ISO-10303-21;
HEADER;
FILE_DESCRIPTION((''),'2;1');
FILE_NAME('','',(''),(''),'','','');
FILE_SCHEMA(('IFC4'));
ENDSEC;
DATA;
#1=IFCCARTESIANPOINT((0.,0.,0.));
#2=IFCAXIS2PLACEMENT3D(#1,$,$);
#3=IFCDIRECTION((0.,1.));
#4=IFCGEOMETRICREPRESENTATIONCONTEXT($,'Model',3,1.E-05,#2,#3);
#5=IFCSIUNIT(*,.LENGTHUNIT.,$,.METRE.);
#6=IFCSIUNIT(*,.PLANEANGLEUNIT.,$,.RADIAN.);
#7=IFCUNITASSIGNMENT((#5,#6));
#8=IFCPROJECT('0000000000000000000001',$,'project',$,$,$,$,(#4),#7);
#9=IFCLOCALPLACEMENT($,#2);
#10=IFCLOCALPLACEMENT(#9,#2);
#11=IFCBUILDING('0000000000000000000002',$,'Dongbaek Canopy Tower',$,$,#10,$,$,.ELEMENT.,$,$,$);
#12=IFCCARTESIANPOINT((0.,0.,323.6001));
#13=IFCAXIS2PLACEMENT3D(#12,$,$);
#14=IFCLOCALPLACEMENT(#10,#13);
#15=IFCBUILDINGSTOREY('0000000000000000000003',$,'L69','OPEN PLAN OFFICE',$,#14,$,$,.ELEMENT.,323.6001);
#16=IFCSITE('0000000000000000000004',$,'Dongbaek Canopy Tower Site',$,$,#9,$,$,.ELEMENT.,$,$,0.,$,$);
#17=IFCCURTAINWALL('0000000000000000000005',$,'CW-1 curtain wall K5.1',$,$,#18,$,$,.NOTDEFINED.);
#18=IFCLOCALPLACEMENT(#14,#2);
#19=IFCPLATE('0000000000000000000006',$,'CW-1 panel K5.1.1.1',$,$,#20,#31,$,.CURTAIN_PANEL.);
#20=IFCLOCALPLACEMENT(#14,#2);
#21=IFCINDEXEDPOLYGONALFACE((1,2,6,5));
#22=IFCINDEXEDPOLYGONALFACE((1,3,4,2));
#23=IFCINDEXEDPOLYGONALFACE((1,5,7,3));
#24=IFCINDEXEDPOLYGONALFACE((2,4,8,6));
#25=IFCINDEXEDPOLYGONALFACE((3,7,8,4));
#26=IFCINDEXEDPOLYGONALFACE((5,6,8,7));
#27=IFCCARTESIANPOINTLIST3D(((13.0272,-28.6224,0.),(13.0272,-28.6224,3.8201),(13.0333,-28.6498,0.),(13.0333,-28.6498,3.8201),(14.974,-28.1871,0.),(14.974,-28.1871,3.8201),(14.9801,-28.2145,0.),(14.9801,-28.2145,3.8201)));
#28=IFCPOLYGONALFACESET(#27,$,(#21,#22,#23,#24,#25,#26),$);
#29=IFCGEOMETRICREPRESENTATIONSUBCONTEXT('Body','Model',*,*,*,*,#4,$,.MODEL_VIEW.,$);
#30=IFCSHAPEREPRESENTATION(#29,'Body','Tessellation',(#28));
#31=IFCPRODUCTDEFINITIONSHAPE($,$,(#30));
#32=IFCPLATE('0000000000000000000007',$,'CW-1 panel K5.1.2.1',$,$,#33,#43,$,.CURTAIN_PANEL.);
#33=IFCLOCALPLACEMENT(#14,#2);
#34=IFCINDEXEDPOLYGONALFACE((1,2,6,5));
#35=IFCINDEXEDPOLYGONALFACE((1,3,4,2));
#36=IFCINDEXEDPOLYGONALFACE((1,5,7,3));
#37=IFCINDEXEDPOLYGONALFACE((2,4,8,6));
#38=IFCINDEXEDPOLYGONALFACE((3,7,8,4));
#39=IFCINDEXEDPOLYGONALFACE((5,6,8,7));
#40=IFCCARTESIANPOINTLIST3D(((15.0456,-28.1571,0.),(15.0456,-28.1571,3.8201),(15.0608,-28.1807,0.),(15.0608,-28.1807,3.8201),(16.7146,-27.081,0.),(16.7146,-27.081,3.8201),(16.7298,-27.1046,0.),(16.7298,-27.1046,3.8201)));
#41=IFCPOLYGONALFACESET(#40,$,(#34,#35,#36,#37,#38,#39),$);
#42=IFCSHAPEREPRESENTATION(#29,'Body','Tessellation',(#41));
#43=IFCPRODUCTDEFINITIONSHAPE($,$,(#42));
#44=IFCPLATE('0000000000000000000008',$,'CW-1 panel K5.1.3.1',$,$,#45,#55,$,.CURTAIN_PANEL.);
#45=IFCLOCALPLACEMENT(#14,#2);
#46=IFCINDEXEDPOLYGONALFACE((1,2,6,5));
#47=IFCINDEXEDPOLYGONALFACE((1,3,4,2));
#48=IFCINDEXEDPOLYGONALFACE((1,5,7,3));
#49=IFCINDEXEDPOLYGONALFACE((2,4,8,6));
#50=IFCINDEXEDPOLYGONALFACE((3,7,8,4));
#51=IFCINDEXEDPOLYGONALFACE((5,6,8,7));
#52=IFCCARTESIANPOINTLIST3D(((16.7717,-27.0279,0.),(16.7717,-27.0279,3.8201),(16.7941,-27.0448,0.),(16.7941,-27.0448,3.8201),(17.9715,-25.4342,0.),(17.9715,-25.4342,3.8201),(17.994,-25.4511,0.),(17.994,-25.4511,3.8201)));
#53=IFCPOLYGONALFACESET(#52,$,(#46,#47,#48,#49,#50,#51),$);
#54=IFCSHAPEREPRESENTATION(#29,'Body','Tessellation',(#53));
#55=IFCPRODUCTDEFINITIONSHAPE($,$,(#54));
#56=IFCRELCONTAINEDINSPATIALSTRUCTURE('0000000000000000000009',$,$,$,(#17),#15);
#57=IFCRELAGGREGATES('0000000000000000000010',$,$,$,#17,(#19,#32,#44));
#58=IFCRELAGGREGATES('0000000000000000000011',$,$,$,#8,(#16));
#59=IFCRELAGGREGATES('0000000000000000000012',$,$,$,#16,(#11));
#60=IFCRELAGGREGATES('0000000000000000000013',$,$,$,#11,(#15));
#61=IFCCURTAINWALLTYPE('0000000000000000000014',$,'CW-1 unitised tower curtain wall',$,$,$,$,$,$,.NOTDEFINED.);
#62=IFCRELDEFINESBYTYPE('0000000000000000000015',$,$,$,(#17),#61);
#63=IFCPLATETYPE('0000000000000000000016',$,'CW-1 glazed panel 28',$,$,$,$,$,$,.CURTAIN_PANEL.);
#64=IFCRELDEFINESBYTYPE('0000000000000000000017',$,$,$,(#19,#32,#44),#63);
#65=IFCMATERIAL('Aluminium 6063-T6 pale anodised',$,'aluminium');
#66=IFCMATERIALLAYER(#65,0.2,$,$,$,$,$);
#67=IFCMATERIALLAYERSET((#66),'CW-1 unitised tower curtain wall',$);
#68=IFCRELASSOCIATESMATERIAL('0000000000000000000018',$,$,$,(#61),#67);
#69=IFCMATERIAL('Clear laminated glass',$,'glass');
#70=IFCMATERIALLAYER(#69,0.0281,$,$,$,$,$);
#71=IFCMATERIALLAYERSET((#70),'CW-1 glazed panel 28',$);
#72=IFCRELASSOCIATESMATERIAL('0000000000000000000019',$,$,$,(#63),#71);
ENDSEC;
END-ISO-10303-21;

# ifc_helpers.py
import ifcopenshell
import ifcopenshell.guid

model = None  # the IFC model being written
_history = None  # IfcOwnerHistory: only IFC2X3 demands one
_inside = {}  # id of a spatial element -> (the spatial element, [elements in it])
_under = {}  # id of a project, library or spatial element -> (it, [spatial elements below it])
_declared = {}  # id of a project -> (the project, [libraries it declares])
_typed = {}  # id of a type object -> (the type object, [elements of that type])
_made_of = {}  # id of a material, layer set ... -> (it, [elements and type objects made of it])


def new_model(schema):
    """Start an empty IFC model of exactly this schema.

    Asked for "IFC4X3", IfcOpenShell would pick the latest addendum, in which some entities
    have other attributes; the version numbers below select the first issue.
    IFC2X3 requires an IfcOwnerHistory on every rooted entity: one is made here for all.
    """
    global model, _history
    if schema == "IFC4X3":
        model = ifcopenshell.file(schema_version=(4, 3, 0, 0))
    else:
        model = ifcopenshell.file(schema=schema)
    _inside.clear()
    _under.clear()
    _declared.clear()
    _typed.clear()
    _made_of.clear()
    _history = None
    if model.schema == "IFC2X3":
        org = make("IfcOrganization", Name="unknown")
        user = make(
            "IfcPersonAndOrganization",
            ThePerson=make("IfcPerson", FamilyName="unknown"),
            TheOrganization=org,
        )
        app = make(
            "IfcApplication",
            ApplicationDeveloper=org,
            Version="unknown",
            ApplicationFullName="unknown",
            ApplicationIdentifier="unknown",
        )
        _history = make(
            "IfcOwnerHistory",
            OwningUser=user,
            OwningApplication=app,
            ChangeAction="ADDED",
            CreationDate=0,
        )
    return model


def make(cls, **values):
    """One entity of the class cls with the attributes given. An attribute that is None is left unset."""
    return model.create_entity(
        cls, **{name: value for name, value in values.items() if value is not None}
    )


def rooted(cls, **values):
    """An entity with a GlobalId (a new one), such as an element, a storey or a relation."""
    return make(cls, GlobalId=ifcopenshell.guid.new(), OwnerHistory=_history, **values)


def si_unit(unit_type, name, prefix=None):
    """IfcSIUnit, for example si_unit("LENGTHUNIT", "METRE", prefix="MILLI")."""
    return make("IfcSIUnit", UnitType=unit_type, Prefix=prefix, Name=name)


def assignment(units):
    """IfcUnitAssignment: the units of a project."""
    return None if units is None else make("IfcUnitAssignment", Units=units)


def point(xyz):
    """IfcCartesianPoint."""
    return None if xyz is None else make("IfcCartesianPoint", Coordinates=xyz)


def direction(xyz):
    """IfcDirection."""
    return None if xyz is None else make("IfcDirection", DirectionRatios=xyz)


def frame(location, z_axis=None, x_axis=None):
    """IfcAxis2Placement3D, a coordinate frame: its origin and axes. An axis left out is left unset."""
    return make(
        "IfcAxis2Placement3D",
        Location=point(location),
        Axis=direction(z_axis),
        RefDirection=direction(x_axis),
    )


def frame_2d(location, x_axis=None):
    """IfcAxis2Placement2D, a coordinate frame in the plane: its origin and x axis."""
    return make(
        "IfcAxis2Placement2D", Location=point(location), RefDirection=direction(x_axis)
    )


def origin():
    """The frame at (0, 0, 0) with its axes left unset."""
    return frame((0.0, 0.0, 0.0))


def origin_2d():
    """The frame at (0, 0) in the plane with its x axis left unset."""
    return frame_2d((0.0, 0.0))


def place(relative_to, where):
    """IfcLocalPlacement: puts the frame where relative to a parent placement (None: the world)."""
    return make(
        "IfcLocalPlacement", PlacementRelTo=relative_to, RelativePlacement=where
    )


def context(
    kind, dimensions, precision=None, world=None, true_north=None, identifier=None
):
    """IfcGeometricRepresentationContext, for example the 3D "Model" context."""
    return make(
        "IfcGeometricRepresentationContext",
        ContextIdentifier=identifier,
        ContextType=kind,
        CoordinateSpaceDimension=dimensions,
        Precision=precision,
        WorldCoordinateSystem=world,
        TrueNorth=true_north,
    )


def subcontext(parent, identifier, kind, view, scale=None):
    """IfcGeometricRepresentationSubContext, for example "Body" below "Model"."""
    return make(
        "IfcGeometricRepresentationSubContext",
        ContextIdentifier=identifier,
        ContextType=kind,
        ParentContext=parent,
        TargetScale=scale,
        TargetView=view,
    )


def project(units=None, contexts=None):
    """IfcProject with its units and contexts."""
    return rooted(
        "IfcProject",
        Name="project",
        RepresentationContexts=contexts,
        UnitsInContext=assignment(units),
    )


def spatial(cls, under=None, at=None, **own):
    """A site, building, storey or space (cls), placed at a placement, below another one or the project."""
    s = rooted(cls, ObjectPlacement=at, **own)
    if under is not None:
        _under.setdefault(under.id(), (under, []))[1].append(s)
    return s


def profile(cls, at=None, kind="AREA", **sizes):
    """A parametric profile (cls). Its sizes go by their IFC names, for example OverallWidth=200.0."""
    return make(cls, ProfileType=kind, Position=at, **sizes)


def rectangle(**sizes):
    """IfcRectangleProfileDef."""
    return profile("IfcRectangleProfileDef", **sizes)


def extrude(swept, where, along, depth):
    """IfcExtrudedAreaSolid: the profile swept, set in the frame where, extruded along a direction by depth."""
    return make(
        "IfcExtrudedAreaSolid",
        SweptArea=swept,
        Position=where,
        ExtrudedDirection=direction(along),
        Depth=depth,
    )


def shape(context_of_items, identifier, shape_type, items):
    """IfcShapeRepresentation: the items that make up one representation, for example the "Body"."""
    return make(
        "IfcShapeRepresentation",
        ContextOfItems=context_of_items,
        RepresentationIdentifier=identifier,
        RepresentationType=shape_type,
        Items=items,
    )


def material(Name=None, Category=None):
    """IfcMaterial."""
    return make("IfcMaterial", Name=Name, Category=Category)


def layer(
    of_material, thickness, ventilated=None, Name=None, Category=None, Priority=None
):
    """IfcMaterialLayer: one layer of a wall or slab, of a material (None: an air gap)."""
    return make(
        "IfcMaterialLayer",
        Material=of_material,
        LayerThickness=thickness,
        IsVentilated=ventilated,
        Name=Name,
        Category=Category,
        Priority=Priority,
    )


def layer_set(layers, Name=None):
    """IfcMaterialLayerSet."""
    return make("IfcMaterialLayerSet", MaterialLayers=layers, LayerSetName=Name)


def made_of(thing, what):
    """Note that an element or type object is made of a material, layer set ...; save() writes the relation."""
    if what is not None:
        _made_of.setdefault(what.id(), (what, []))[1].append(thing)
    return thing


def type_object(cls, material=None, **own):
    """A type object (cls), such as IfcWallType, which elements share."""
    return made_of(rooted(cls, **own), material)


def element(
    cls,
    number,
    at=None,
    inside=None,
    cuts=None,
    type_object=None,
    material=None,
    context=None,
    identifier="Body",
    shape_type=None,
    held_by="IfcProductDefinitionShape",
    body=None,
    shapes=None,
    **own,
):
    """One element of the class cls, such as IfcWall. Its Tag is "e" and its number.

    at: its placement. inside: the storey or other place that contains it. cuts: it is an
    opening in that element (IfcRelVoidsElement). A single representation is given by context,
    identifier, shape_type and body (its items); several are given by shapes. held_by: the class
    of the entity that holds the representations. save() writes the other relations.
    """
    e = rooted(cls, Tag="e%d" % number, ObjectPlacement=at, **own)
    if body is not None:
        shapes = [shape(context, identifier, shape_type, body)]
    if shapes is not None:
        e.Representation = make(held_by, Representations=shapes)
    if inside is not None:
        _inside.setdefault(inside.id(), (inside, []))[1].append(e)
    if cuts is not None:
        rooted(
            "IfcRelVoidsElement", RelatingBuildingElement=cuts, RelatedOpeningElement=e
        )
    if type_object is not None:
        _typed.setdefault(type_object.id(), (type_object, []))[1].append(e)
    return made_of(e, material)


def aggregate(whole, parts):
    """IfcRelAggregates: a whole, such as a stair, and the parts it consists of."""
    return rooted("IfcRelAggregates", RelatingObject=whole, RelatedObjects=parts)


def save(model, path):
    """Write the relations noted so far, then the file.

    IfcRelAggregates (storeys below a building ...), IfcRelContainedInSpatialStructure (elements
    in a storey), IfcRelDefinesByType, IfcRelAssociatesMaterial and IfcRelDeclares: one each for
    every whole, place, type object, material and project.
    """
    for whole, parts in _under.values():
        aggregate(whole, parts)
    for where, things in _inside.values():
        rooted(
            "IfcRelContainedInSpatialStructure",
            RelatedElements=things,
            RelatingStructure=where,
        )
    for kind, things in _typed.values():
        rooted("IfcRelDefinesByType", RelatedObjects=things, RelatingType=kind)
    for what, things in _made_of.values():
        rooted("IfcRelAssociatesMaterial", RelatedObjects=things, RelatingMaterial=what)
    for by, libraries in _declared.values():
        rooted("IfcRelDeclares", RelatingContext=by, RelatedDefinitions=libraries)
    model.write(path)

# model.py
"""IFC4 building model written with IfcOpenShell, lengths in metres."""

from ifc_helpers import new_model, si_unit, direction, frame, origin, origin_2d, place, context, subcontext, project, spatial, rectangle, extrude, material, layer, layer_set, type_object, element, aggregate, save


model = new_model("IFC4")

# Units and contexts
model_context = context("Model", 3, precision=1e-05, world=origin(), true_north=direction((0.0, 1.0)))
body_context = subcontext(model_context, "Body", "Model", "MODEL_VIEW")
ifc_project = project(units=[si_unit("LENGTHUNIT", "METRE"), si_unit("PLANEANGLEUNIT", "RADIAN")], contexts=[model_context])

# Site, building, storey
site_placement = place(None, origin())
site = spatial("IfcSite", under=ifc_project, at=site_placement, Name="Dongbaek Canopy Tower Site", CompositionType="ELEMENT", RefElevation=0.0)
building_placement = place(site_placement, origin())
building = spatial("IfcBuilding", under=site, at=building_placement, Name="Dongbaek Canopy Tower", CompositionType="ELEMENT")
storey_placement = place(building_placement, frame((0.0, 0.0, 323.6001)))
storey = spatial("IfcBuildingStorey", under=building, at=storey_placement, Name="L69", Description="OPEN PLAN OFFICE", CompositionType="ELEMENT", Elevation=323.6001)

# Curtain wall
ifc_material_1 = material(Name="Aluminium 6063-T6 pale anodised", Category="aluminium")
ifc_layer_1 = layer(ifc_material_1, 0.2)
ifc_layer_set_1 = layer_set([ifc_layer_1], Name="CW-1 unitised tower curtain wall")
curtain_wall_type = type_object("IfcCurtainWallType", Name="CW-1 unitised tower curtain wall", PredefinedType="NOTDEFINED", material=ifc_layer_set_1)
curtain_wall_placement = place(storey_placement, origin())
curtain_wall = element("IfcCurtainWall", 1, at=curtain_wall_placement, inside=storey, type_object=curtain_wall_type, Name="CW-1 curtain wall K5.1", PredefinedType="NOTDEFINED")

# Plates
ifc_material_2 = material(Name="Clear laminated glass", Category="glass")
ifc_layer_2 = layer(ifc_material_2, 0.0281)
ifc_layer_set_2 = layer_set([ifc_layer_2], Name="CW-1 glazed panel 28")
plate_type = type_object("IfcPlateType", Name="CW-1 glazed panel 28", PredefinedType="CURTAIN_PANEL", material=ifc_layer_set_2)
plate_1_placement = place(storey_placement, frame((14.0037, -28.4185, 0.0), z_axis=(0.0, 0.0, 1.0), x_axis=(0.975907, 0.218189, 0.0)))
plate_1 = element("IfcPlate", 2, at=plate_1_placement, type_object=plate_type, Name="CW-1 panel K5.1.1.1", PredefinedType="CURTAIN_PANEL", context=body_context, shape_type="SweptSolid", body=[
    extrude(rectangle(XDim=1.9949, YDim=0.0281, at=origin_2d()), origin(), (0.0, 0.0, 1.0), 3.8201),
])
plate_2_placement = place(storey_placement, frame((15.8877, -27.6309, 0.0), z_axis=(0.0, 0.0, 1.0), x_axis=(0.840438, 0.541907, 0.0)))
plate_2 = element("IfcPlate", 3, at=plate_2_placement, type_object=plate_type, Name="CW-1 panel K5.1.2.1", PredefinedType="CURTAIN_PANEL", context=body_context, shape_type="SweptSolid", body=[
    extrude(rectangle(XDim=1.9858, YDim=0.0281, at=origin_2d()), origin(), (0.0, 0.0, 1.0), 3.8201),
])
plate_3_placement = place(storey_placement, frame((17.3828, -26.2395, 0.0), z_axis=(0.0, 0.0, 1.0), x_axis=(0.601475, 0.798892, 0.0)))
plate_3 = element("IfcPlate", 4, at=plate_3_placement, type_object=plate_type, Name="CW-1 panel K5.1.3.1", PredefinedType="CURTAIN_PANEL", context=body_context, shape_type="SweptSolid", body=[
    extrude(rectangle(XDim=1.9949, YDim=0.0281, at=origin_2d()), origin(), (0.0, 0.0, 1.0), 3.8201),
])
aggregate(curtain_wall, [plate_1, plate_2, plate_3])

save(model, "model.ifc")
